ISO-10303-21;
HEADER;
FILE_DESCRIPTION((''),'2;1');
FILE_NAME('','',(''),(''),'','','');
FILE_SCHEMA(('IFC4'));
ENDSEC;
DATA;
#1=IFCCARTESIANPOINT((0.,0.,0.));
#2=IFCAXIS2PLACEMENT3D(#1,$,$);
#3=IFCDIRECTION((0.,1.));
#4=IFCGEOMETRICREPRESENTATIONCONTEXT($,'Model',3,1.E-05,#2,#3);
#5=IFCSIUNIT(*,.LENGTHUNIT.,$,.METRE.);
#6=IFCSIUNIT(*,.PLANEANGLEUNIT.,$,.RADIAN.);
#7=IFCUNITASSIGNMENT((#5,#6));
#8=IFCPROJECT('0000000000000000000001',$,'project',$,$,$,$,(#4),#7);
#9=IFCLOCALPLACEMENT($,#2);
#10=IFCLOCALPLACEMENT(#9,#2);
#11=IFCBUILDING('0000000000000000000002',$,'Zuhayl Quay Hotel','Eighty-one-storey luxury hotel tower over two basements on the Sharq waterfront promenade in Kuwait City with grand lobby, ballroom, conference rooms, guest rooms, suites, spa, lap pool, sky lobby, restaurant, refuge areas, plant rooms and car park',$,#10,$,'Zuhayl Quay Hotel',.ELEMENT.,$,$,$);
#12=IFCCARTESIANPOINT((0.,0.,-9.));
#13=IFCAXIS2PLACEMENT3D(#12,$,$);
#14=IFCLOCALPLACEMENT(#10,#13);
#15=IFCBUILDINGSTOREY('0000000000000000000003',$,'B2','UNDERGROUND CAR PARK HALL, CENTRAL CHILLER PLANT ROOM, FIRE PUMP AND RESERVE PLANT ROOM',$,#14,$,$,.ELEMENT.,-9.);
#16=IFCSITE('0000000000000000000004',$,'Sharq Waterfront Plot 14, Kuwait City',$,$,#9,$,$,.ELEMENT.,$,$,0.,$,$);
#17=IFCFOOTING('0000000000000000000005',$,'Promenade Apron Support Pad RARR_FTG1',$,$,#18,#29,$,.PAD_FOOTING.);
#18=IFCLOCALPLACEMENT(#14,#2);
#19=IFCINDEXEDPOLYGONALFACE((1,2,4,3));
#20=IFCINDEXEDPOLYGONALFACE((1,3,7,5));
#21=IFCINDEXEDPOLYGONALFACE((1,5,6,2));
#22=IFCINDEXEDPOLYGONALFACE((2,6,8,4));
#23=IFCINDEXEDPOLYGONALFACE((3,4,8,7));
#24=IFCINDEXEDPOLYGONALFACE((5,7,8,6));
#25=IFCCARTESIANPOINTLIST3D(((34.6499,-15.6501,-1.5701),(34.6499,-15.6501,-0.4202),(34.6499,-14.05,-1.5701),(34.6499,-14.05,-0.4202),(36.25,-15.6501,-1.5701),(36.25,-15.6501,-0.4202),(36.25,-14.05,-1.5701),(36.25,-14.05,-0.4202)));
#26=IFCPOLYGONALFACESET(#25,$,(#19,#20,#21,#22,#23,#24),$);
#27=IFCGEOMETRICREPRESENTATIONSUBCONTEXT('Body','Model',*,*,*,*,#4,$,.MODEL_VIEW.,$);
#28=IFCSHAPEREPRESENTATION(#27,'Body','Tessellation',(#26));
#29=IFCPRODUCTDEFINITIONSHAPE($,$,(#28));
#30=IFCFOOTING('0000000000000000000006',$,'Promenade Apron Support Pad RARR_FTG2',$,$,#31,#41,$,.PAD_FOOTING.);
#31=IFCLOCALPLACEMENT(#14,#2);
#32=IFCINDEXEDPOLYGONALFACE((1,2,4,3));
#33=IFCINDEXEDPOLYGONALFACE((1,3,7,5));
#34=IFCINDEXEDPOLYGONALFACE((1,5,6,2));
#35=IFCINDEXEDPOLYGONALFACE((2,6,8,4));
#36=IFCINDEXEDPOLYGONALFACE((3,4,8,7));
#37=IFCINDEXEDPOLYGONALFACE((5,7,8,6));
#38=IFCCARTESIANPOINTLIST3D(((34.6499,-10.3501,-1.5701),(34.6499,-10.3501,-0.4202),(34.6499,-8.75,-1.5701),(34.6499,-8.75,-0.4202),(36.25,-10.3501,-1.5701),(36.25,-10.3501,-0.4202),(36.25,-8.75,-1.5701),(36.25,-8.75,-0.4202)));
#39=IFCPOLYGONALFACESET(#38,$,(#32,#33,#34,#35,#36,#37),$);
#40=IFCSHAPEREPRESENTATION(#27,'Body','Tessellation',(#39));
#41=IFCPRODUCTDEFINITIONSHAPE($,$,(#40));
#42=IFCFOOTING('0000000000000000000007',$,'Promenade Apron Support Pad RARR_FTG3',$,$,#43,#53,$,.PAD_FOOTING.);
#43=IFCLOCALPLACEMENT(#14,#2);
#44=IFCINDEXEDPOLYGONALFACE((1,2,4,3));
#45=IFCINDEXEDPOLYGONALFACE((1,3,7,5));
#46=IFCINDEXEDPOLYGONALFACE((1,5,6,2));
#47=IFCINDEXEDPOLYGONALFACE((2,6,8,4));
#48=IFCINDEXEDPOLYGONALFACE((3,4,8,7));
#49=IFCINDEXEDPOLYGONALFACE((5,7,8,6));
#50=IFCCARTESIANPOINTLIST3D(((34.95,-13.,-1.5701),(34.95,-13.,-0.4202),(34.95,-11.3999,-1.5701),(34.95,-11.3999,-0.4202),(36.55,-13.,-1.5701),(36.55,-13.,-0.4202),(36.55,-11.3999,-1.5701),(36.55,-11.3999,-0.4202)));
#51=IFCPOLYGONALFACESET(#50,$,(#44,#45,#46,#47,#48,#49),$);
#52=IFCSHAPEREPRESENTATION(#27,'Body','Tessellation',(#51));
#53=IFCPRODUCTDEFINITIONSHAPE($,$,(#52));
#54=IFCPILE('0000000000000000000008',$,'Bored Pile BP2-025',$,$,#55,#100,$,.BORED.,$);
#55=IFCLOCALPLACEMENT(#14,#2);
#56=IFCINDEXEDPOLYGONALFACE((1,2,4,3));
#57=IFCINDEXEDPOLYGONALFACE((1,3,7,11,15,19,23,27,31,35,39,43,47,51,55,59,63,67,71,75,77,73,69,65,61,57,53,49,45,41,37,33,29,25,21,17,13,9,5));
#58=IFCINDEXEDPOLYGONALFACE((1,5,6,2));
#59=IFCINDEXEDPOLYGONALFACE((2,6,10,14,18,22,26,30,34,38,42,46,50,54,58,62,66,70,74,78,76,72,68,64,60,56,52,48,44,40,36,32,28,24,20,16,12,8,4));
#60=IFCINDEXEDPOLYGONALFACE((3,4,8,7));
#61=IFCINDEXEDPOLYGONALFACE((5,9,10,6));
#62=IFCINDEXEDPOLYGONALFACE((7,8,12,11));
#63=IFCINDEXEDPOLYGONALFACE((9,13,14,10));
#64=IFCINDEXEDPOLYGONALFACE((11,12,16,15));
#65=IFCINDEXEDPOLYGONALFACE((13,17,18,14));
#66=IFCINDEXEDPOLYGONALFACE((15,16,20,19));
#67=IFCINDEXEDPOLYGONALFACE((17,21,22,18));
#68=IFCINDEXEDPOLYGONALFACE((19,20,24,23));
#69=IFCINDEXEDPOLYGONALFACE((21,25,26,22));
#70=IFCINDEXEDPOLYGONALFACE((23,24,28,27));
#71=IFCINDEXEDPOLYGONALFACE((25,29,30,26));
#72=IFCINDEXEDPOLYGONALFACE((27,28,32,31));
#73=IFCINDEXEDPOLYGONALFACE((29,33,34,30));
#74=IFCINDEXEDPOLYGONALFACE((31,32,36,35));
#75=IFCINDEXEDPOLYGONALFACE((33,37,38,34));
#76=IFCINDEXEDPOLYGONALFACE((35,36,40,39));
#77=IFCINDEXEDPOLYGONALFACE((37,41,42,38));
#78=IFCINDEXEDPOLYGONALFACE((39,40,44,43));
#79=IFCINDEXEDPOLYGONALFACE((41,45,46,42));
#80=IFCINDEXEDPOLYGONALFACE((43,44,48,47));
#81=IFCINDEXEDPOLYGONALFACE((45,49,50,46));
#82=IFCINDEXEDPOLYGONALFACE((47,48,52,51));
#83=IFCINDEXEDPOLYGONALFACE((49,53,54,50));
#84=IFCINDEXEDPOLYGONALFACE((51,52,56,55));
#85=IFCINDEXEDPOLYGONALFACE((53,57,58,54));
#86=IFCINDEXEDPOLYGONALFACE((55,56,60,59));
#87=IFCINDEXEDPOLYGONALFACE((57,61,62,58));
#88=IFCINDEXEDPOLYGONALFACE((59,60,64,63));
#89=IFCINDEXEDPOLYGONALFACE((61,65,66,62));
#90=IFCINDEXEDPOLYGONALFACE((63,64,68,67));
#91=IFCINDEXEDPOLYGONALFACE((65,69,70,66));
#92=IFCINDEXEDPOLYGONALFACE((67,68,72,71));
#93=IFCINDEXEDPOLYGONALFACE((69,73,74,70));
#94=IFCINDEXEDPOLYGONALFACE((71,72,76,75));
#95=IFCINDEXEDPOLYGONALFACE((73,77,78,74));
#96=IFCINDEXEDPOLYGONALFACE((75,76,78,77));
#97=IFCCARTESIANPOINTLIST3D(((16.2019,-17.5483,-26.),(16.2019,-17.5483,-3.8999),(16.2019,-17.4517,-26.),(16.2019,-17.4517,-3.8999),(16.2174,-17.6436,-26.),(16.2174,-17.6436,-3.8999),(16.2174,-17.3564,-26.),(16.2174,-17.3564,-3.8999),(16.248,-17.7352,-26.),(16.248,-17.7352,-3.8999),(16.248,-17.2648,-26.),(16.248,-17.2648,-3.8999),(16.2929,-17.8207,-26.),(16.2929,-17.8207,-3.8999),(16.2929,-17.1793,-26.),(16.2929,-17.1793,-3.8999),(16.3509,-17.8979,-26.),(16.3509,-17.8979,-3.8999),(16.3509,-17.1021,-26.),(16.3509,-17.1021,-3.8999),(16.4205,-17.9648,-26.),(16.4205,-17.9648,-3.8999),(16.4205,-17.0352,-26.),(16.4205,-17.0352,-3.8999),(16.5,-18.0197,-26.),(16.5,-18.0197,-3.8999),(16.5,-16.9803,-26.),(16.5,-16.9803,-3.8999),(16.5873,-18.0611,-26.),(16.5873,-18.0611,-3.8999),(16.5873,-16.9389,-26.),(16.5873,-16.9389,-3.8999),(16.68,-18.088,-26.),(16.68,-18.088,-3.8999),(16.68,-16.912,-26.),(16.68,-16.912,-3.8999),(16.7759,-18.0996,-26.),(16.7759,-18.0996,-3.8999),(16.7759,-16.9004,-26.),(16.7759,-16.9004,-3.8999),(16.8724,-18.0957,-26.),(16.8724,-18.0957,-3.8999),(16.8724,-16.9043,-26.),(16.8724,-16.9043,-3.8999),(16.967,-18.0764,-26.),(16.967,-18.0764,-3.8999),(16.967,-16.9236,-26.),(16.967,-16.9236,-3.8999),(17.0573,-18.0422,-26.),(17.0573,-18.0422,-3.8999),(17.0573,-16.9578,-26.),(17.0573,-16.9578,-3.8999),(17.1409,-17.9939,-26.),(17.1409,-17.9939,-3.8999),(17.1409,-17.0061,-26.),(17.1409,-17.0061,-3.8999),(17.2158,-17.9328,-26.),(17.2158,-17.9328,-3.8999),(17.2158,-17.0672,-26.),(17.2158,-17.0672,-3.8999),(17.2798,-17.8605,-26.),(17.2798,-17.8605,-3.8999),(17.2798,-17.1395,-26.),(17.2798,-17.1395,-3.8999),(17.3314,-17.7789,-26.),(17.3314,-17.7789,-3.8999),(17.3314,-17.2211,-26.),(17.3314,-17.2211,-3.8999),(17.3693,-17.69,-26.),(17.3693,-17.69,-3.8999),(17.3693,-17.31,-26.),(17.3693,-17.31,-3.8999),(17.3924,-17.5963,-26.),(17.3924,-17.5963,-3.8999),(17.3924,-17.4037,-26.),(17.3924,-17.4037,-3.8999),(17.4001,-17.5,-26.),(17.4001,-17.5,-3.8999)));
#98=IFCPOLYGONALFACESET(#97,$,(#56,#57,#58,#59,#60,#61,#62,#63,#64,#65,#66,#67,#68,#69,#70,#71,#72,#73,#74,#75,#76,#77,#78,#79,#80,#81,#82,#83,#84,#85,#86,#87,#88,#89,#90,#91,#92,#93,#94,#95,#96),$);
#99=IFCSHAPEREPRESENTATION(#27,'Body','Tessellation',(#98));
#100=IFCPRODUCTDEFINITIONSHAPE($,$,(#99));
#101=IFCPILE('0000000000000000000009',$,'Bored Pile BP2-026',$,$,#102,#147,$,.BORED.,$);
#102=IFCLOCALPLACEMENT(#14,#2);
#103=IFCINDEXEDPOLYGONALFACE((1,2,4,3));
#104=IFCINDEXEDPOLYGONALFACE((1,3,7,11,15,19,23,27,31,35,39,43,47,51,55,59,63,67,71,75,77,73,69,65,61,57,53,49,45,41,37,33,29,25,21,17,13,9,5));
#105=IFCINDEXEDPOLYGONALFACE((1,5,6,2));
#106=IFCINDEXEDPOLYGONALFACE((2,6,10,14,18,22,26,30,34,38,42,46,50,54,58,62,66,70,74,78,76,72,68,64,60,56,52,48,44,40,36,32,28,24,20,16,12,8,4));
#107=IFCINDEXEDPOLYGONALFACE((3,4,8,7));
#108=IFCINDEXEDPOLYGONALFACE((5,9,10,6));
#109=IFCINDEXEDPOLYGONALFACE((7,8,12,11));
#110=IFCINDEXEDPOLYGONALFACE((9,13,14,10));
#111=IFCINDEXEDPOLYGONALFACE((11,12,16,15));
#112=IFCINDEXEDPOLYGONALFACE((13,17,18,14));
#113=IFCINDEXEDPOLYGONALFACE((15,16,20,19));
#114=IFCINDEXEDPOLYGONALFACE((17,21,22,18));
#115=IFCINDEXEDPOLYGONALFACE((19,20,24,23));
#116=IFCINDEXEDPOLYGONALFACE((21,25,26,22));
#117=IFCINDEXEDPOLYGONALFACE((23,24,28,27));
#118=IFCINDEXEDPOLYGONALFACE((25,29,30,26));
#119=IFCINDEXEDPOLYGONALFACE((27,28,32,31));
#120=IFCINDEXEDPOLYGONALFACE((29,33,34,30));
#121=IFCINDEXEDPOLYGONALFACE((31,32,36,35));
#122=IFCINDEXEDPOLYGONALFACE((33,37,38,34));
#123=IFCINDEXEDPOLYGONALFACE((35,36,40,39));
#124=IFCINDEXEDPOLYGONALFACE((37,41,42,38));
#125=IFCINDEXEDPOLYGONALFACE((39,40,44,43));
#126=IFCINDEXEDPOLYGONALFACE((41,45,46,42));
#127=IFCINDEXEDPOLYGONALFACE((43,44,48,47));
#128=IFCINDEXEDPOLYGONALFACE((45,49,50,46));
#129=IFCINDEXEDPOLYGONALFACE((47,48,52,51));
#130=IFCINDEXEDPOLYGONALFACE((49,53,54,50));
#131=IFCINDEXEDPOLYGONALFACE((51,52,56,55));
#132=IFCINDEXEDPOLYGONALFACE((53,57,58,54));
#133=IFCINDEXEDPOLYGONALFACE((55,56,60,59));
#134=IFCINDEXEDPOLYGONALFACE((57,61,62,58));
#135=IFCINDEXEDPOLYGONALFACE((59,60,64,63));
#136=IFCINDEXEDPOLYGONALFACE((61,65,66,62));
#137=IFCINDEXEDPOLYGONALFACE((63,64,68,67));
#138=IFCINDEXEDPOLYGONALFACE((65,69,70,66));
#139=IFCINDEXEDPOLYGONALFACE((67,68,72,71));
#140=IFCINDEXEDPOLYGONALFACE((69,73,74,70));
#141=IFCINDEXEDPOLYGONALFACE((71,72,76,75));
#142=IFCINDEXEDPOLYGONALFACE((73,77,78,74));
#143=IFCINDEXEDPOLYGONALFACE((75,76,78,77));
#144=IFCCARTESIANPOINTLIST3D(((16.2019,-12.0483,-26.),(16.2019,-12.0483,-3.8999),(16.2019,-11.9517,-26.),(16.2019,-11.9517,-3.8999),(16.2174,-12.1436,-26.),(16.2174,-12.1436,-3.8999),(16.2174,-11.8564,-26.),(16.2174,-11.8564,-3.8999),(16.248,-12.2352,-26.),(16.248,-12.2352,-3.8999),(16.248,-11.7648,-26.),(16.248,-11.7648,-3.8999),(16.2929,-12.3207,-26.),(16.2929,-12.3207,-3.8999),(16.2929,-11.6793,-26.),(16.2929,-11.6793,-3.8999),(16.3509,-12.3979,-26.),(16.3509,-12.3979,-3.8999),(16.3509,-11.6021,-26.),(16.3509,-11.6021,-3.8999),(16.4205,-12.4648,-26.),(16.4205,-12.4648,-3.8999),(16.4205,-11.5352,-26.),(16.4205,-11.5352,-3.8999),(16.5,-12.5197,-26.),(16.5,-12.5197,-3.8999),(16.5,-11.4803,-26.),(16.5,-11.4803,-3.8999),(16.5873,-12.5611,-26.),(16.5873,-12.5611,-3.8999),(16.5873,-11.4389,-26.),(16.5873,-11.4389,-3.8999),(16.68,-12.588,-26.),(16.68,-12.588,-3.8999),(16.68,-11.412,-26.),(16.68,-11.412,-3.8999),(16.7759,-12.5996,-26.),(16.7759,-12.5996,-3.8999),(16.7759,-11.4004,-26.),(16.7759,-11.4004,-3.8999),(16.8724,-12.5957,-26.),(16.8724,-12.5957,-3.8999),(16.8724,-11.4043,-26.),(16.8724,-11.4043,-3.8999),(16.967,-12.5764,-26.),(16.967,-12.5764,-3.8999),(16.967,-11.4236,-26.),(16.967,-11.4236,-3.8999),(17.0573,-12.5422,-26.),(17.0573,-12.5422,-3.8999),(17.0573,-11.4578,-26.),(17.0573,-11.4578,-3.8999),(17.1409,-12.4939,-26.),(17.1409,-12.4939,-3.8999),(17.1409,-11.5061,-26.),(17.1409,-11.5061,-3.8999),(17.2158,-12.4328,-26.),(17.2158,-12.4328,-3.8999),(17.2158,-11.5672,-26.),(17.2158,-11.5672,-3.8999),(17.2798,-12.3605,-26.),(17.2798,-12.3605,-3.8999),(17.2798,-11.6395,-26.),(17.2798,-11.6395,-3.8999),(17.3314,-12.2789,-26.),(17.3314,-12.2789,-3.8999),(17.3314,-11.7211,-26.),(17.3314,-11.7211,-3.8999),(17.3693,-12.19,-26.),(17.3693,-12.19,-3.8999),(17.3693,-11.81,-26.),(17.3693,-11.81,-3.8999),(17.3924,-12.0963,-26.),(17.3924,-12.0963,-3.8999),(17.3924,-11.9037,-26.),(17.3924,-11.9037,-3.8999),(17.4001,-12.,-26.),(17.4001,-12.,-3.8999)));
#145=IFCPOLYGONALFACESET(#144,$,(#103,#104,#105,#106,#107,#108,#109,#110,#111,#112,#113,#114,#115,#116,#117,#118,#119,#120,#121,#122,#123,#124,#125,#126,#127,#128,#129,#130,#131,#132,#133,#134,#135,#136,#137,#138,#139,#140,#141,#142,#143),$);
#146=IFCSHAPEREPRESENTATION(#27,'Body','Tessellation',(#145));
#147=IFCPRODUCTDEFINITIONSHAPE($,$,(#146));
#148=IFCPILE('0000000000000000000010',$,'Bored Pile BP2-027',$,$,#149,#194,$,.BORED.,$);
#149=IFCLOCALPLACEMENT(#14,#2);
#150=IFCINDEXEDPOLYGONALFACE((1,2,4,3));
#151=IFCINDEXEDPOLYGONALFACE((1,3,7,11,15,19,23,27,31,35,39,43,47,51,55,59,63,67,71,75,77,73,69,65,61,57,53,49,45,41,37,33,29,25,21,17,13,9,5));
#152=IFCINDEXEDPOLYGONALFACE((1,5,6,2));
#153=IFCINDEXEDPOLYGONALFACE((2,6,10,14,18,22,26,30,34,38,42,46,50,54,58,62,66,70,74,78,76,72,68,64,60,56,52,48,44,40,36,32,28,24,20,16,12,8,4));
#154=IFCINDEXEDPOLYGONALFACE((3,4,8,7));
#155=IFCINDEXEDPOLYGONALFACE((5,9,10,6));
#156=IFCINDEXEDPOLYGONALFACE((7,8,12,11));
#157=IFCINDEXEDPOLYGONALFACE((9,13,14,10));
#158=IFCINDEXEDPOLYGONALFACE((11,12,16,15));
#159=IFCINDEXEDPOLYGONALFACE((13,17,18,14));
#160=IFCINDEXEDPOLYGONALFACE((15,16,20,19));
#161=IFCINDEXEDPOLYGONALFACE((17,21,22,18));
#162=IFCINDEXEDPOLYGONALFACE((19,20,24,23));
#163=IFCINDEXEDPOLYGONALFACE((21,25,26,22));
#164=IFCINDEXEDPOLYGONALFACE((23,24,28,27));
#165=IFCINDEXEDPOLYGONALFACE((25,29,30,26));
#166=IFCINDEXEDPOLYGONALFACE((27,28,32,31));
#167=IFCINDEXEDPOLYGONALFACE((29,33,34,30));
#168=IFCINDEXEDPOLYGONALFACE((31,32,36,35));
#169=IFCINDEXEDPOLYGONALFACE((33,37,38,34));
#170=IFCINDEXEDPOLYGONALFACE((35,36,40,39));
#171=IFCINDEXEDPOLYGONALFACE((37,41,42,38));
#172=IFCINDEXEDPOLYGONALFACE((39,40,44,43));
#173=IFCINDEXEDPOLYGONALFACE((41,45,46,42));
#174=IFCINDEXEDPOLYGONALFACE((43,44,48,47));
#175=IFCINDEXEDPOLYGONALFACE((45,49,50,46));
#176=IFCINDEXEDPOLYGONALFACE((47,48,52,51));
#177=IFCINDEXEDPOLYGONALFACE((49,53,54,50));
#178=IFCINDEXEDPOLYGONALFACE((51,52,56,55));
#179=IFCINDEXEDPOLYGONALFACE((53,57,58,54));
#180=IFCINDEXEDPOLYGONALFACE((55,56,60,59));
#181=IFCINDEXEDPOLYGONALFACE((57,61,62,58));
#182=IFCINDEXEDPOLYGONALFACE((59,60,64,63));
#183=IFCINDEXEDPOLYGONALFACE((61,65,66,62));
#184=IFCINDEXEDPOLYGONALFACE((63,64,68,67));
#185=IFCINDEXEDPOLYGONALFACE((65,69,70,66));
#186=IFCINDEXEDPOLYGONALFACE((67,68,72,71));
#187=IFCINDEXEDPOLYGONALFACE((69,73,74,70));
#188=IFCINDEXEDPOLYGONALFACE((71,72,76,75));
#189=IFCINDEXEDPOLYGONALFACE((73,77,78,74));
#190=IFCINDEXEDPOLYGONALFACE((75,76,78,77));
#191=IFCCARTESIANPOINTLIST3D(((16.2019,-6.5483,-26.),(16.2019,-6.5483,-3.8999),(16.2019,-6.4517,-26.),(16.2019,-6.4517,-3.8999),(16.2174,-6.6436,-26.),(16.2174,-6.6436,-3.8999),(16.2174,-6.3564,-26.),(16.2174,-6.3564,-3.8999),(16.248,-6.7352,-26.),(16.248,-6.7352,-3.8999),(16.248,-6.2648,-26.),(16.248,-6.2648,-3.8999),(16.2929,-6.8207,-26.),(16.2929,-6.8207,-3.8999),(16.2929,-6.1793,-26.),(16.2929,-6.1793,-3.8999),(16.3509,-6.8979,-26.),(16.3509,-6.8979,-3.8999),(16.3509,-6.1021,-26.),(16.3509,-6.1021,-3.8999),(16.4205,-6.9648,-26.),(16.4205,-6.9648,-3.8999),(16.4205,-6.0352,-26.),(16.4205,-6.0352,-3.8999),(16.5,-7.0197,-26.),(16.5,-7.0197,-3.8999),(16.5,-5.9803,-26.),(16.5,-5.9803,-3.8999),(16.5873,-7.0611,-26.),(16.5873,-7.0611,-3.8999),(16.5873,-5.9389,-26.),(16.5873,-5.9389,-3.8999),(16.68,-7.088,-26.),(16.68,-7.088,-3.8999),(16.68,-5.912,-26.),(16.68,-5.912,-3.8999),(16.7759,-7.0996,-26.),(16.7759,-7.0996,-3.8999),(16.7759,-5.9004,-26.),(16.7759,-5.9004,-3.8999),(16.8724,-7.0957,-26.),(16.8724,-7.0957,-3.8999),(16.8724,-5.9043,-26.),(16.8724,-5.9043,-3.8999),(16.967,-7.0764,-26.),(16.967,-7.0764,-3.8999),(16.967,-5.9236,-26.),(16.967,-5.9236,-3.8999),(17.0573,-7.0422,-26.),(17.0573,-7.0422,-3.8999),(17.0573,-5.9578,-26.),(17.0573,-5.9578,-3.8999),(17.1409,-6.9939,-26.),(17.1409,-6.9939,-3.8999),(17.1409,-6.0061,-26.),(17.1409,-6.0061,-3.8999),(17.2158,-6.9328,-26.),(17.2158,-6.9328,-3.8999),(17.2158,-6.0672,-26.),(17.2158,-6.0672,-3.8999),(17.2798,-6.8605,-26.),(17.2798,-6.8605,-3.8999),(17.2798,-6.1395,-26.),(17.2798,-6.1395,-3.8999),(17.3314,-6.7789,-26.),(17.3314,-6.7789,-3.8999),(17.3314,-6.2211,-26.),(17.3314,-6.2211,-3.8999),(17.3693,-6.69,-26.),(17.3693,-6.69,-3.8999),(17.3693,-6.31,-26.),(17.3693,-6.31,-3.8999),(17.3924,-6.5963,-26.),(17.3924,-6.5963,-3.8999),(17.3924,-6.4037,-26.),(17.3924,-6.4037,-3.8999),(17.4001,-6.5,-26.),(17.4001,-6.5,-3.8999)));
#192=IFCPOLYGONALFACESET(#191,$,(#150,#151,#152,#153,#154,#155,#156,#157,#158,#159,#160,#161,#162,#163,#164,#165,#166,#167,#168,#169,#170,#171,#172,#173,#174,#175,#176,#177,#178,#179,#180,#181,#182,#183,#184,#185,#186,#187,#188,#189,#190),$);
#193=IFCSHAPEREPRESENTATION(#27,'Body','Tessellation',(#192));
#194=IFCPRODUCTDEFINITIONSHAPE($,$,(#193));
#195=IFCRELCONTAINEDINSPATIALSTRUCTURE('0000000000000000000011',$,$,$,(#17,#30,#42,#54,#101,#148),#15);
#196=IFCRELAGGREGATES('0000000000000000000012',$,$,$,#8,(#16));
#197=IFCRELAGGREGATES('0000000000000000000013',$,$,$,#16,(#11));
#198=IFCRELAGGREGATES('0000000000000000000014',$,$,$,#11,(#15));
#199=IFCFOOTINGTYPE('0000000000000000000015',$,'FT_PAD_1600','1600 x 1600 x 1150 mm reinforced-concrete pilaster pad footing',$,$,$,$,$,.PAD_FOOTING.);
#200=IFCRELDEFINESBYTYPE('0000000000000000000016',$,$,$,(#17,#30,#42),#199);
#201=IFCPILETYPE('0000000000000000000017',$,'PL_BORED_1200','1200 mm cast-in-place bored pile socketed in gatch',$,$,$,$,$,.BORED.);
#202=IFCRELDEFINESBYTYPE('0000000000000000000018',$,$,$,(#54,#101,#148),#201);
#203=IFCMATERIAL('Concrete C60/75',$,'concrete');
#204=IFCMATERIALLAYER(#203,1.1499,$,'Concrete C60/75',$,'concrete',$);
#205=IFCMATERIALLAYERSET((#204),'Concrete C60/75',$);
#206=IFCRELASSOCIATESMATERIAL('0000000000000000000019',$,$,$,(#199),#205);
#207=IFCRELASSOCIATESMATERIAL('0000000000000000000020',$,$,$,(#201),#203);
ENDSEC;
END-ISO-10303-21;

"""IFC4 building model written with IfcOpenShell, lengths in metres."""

from ifc_helpers import new_model, si_unit, direction, frame, origin, origin_2d, place, context, subcontext, project, spatial, rectangle, circle, extrude, material, layer, layer_set, material_profile, profile_set, type_object, element, save


model = new_model("IFC4")

# Units and contexts
model_context = context("Model", 3, precision=1e-05, world=origin(), true_north=direction((0.0, 1.0)))
body_context = subcontext(model_context, "Body", "Model", "MODEL_VIEW")
ifc_project = project(units=[si_unit("LENGTHUNIT", "METRE"), si_unit("PLANEANGLEUNIT", "RADIAN")], contexts=[model_context])

# Site, building, storey
site_placement = place(None, origin())
site = spatial("IfcSite", under=ifc_project, at=site_placement, Name="Sharq Waterfront Plot 14, Kuwait City", CompositionType="ELEMENT", RefElevation=0.0)
building_placement = place(site_placement, origin())
building = spatial("IfcBuilding", under=site, at=building_placement, Name="Zuhayl Quay Hotel", Description="Eighty-one-storey luxury hotel tower over two basements on the Sharq waterfront promenade in Kuwait City with grand lobby, ballroom, conference rooms, guest rooms, suites, spa, lap pool, sky lobby, restaurant, refuge areas, plant rooms and car park", LongName="Zuhayl Quay Hotel", CompositionType="ELEMENT")
storey_placement = place(building_placement, frame((0.0, 0.0, -9.0)))
storey = spatial("IfcBuildingStorey", under=building, at=storey_placement, Name="B2", Description="UNDERGROUND CAR PARK HALL, CENTRAL CHILLER PLANT ROOM, FIRE PUMP AND RESERVE PLANT ROOM", CompositionType="ELEMENT", Elevation=-9.0)

# Footings
ifc_material_1 = material(Name="Concrete C60/75", Category="concrete")
ifc_layer_1 = layer(ifc_material_1, 1.1499, Name="Concrete C60/75", Category="concrete")
ifc_layer_set_1 = layer_set([ifc_layer_1], Name="Concrete C60/75")
footing_type = type_object("IfcFootingType", Name="FT_PAD_1600", Description="1600 x 1600 x 1150 mm reinforced-concrete pilaster pad footing", PredefinedType="PAD_FOOTING", material=ifc_layer_set_1)
for number, where, z_axis, x_axis, name in (
    (1, (35.45, -14.8501, -1.5701), (0.0, 0.0, 1.0), (1.0, 0.0, 0.0), "Promenade Apron Support Pad RARR_FTG1"),
    (2, (35.45, -9.55, -1.5701), (0.0, 0.0, 1.0), (1.0, 0.0, 0.0), "Promenade Apron Support Pad RARR_FTG2"),
    (3, (35.75, -12.2, -1.5701), (0.0, 0.0, 1.0), (1.0, 0.0, 0.0), "Promenade Apron Support Pad RARR_FTG3"),
):
    element("IfcFooting", number, at=place(storey_placement, frame(where, z_axis=z_axis, x_axis=x_axis)), inside=storey, type_object=footing_type, Name=name, PredefinedType="PAD_FOOTING", context=body_context, shape_type="SweptSolid", body=[
        extrude(rectangle(XDim=1.6001, YDim=1.6001, at=origin_2d()), origin(), (0.0, 0.0, 1.0), 1.1499),
    ])

# Piles
ifc_material_profile_1 = material_profile(ifc_material_1, circle(Radius=0.6001, at=origin_2d()), Name="PILE1200")
ifc_profile_set_1 = profile_set([ifc_material_profile_1], Name="Concrete C60/75")
pile_type = type_object("IfcPileType", Name="PL_BORED_1200", Description="1200 mm cast-in-place bored pile socketed in gatch", PredefinedType="BORED", material=ifc_profile_set_1)
for number, where, z_axis, x_axis, name in (
    (4, (16.8, -17.5, -3.8999), (0.0, 0.0, -1.0), (1.0, 0.0, 0.0), "Bored Pile BP2-025"),
    (5, (16.8, -12.0, -3.8999), (0.0, 0.0, -1.0), (1.0, 0.0, 0.0), "Bored Pile BP2-026"),
    (6, (16.8, -6.5, -3.8999), (0.0, 0.0, -1.0), (1.0, 0.0, 0.0), "Bored Pile BP2-027"),
):
    element("IfcPile", number, at=place(storey_placement, frame(where, z_axis=z_axis, x_axis=x_axis)), inside=storey, type_object=pile_type, Name=name, PredefinedType="BORED", context=body_context, shape_type="SweptSolid", body=[
        extrude(circle(Radius=0.6001, at=origin_2d()), origin(), (0.0, 0.0, 1.0), 22.1001),
    ])

save(model, "model.ifc")
